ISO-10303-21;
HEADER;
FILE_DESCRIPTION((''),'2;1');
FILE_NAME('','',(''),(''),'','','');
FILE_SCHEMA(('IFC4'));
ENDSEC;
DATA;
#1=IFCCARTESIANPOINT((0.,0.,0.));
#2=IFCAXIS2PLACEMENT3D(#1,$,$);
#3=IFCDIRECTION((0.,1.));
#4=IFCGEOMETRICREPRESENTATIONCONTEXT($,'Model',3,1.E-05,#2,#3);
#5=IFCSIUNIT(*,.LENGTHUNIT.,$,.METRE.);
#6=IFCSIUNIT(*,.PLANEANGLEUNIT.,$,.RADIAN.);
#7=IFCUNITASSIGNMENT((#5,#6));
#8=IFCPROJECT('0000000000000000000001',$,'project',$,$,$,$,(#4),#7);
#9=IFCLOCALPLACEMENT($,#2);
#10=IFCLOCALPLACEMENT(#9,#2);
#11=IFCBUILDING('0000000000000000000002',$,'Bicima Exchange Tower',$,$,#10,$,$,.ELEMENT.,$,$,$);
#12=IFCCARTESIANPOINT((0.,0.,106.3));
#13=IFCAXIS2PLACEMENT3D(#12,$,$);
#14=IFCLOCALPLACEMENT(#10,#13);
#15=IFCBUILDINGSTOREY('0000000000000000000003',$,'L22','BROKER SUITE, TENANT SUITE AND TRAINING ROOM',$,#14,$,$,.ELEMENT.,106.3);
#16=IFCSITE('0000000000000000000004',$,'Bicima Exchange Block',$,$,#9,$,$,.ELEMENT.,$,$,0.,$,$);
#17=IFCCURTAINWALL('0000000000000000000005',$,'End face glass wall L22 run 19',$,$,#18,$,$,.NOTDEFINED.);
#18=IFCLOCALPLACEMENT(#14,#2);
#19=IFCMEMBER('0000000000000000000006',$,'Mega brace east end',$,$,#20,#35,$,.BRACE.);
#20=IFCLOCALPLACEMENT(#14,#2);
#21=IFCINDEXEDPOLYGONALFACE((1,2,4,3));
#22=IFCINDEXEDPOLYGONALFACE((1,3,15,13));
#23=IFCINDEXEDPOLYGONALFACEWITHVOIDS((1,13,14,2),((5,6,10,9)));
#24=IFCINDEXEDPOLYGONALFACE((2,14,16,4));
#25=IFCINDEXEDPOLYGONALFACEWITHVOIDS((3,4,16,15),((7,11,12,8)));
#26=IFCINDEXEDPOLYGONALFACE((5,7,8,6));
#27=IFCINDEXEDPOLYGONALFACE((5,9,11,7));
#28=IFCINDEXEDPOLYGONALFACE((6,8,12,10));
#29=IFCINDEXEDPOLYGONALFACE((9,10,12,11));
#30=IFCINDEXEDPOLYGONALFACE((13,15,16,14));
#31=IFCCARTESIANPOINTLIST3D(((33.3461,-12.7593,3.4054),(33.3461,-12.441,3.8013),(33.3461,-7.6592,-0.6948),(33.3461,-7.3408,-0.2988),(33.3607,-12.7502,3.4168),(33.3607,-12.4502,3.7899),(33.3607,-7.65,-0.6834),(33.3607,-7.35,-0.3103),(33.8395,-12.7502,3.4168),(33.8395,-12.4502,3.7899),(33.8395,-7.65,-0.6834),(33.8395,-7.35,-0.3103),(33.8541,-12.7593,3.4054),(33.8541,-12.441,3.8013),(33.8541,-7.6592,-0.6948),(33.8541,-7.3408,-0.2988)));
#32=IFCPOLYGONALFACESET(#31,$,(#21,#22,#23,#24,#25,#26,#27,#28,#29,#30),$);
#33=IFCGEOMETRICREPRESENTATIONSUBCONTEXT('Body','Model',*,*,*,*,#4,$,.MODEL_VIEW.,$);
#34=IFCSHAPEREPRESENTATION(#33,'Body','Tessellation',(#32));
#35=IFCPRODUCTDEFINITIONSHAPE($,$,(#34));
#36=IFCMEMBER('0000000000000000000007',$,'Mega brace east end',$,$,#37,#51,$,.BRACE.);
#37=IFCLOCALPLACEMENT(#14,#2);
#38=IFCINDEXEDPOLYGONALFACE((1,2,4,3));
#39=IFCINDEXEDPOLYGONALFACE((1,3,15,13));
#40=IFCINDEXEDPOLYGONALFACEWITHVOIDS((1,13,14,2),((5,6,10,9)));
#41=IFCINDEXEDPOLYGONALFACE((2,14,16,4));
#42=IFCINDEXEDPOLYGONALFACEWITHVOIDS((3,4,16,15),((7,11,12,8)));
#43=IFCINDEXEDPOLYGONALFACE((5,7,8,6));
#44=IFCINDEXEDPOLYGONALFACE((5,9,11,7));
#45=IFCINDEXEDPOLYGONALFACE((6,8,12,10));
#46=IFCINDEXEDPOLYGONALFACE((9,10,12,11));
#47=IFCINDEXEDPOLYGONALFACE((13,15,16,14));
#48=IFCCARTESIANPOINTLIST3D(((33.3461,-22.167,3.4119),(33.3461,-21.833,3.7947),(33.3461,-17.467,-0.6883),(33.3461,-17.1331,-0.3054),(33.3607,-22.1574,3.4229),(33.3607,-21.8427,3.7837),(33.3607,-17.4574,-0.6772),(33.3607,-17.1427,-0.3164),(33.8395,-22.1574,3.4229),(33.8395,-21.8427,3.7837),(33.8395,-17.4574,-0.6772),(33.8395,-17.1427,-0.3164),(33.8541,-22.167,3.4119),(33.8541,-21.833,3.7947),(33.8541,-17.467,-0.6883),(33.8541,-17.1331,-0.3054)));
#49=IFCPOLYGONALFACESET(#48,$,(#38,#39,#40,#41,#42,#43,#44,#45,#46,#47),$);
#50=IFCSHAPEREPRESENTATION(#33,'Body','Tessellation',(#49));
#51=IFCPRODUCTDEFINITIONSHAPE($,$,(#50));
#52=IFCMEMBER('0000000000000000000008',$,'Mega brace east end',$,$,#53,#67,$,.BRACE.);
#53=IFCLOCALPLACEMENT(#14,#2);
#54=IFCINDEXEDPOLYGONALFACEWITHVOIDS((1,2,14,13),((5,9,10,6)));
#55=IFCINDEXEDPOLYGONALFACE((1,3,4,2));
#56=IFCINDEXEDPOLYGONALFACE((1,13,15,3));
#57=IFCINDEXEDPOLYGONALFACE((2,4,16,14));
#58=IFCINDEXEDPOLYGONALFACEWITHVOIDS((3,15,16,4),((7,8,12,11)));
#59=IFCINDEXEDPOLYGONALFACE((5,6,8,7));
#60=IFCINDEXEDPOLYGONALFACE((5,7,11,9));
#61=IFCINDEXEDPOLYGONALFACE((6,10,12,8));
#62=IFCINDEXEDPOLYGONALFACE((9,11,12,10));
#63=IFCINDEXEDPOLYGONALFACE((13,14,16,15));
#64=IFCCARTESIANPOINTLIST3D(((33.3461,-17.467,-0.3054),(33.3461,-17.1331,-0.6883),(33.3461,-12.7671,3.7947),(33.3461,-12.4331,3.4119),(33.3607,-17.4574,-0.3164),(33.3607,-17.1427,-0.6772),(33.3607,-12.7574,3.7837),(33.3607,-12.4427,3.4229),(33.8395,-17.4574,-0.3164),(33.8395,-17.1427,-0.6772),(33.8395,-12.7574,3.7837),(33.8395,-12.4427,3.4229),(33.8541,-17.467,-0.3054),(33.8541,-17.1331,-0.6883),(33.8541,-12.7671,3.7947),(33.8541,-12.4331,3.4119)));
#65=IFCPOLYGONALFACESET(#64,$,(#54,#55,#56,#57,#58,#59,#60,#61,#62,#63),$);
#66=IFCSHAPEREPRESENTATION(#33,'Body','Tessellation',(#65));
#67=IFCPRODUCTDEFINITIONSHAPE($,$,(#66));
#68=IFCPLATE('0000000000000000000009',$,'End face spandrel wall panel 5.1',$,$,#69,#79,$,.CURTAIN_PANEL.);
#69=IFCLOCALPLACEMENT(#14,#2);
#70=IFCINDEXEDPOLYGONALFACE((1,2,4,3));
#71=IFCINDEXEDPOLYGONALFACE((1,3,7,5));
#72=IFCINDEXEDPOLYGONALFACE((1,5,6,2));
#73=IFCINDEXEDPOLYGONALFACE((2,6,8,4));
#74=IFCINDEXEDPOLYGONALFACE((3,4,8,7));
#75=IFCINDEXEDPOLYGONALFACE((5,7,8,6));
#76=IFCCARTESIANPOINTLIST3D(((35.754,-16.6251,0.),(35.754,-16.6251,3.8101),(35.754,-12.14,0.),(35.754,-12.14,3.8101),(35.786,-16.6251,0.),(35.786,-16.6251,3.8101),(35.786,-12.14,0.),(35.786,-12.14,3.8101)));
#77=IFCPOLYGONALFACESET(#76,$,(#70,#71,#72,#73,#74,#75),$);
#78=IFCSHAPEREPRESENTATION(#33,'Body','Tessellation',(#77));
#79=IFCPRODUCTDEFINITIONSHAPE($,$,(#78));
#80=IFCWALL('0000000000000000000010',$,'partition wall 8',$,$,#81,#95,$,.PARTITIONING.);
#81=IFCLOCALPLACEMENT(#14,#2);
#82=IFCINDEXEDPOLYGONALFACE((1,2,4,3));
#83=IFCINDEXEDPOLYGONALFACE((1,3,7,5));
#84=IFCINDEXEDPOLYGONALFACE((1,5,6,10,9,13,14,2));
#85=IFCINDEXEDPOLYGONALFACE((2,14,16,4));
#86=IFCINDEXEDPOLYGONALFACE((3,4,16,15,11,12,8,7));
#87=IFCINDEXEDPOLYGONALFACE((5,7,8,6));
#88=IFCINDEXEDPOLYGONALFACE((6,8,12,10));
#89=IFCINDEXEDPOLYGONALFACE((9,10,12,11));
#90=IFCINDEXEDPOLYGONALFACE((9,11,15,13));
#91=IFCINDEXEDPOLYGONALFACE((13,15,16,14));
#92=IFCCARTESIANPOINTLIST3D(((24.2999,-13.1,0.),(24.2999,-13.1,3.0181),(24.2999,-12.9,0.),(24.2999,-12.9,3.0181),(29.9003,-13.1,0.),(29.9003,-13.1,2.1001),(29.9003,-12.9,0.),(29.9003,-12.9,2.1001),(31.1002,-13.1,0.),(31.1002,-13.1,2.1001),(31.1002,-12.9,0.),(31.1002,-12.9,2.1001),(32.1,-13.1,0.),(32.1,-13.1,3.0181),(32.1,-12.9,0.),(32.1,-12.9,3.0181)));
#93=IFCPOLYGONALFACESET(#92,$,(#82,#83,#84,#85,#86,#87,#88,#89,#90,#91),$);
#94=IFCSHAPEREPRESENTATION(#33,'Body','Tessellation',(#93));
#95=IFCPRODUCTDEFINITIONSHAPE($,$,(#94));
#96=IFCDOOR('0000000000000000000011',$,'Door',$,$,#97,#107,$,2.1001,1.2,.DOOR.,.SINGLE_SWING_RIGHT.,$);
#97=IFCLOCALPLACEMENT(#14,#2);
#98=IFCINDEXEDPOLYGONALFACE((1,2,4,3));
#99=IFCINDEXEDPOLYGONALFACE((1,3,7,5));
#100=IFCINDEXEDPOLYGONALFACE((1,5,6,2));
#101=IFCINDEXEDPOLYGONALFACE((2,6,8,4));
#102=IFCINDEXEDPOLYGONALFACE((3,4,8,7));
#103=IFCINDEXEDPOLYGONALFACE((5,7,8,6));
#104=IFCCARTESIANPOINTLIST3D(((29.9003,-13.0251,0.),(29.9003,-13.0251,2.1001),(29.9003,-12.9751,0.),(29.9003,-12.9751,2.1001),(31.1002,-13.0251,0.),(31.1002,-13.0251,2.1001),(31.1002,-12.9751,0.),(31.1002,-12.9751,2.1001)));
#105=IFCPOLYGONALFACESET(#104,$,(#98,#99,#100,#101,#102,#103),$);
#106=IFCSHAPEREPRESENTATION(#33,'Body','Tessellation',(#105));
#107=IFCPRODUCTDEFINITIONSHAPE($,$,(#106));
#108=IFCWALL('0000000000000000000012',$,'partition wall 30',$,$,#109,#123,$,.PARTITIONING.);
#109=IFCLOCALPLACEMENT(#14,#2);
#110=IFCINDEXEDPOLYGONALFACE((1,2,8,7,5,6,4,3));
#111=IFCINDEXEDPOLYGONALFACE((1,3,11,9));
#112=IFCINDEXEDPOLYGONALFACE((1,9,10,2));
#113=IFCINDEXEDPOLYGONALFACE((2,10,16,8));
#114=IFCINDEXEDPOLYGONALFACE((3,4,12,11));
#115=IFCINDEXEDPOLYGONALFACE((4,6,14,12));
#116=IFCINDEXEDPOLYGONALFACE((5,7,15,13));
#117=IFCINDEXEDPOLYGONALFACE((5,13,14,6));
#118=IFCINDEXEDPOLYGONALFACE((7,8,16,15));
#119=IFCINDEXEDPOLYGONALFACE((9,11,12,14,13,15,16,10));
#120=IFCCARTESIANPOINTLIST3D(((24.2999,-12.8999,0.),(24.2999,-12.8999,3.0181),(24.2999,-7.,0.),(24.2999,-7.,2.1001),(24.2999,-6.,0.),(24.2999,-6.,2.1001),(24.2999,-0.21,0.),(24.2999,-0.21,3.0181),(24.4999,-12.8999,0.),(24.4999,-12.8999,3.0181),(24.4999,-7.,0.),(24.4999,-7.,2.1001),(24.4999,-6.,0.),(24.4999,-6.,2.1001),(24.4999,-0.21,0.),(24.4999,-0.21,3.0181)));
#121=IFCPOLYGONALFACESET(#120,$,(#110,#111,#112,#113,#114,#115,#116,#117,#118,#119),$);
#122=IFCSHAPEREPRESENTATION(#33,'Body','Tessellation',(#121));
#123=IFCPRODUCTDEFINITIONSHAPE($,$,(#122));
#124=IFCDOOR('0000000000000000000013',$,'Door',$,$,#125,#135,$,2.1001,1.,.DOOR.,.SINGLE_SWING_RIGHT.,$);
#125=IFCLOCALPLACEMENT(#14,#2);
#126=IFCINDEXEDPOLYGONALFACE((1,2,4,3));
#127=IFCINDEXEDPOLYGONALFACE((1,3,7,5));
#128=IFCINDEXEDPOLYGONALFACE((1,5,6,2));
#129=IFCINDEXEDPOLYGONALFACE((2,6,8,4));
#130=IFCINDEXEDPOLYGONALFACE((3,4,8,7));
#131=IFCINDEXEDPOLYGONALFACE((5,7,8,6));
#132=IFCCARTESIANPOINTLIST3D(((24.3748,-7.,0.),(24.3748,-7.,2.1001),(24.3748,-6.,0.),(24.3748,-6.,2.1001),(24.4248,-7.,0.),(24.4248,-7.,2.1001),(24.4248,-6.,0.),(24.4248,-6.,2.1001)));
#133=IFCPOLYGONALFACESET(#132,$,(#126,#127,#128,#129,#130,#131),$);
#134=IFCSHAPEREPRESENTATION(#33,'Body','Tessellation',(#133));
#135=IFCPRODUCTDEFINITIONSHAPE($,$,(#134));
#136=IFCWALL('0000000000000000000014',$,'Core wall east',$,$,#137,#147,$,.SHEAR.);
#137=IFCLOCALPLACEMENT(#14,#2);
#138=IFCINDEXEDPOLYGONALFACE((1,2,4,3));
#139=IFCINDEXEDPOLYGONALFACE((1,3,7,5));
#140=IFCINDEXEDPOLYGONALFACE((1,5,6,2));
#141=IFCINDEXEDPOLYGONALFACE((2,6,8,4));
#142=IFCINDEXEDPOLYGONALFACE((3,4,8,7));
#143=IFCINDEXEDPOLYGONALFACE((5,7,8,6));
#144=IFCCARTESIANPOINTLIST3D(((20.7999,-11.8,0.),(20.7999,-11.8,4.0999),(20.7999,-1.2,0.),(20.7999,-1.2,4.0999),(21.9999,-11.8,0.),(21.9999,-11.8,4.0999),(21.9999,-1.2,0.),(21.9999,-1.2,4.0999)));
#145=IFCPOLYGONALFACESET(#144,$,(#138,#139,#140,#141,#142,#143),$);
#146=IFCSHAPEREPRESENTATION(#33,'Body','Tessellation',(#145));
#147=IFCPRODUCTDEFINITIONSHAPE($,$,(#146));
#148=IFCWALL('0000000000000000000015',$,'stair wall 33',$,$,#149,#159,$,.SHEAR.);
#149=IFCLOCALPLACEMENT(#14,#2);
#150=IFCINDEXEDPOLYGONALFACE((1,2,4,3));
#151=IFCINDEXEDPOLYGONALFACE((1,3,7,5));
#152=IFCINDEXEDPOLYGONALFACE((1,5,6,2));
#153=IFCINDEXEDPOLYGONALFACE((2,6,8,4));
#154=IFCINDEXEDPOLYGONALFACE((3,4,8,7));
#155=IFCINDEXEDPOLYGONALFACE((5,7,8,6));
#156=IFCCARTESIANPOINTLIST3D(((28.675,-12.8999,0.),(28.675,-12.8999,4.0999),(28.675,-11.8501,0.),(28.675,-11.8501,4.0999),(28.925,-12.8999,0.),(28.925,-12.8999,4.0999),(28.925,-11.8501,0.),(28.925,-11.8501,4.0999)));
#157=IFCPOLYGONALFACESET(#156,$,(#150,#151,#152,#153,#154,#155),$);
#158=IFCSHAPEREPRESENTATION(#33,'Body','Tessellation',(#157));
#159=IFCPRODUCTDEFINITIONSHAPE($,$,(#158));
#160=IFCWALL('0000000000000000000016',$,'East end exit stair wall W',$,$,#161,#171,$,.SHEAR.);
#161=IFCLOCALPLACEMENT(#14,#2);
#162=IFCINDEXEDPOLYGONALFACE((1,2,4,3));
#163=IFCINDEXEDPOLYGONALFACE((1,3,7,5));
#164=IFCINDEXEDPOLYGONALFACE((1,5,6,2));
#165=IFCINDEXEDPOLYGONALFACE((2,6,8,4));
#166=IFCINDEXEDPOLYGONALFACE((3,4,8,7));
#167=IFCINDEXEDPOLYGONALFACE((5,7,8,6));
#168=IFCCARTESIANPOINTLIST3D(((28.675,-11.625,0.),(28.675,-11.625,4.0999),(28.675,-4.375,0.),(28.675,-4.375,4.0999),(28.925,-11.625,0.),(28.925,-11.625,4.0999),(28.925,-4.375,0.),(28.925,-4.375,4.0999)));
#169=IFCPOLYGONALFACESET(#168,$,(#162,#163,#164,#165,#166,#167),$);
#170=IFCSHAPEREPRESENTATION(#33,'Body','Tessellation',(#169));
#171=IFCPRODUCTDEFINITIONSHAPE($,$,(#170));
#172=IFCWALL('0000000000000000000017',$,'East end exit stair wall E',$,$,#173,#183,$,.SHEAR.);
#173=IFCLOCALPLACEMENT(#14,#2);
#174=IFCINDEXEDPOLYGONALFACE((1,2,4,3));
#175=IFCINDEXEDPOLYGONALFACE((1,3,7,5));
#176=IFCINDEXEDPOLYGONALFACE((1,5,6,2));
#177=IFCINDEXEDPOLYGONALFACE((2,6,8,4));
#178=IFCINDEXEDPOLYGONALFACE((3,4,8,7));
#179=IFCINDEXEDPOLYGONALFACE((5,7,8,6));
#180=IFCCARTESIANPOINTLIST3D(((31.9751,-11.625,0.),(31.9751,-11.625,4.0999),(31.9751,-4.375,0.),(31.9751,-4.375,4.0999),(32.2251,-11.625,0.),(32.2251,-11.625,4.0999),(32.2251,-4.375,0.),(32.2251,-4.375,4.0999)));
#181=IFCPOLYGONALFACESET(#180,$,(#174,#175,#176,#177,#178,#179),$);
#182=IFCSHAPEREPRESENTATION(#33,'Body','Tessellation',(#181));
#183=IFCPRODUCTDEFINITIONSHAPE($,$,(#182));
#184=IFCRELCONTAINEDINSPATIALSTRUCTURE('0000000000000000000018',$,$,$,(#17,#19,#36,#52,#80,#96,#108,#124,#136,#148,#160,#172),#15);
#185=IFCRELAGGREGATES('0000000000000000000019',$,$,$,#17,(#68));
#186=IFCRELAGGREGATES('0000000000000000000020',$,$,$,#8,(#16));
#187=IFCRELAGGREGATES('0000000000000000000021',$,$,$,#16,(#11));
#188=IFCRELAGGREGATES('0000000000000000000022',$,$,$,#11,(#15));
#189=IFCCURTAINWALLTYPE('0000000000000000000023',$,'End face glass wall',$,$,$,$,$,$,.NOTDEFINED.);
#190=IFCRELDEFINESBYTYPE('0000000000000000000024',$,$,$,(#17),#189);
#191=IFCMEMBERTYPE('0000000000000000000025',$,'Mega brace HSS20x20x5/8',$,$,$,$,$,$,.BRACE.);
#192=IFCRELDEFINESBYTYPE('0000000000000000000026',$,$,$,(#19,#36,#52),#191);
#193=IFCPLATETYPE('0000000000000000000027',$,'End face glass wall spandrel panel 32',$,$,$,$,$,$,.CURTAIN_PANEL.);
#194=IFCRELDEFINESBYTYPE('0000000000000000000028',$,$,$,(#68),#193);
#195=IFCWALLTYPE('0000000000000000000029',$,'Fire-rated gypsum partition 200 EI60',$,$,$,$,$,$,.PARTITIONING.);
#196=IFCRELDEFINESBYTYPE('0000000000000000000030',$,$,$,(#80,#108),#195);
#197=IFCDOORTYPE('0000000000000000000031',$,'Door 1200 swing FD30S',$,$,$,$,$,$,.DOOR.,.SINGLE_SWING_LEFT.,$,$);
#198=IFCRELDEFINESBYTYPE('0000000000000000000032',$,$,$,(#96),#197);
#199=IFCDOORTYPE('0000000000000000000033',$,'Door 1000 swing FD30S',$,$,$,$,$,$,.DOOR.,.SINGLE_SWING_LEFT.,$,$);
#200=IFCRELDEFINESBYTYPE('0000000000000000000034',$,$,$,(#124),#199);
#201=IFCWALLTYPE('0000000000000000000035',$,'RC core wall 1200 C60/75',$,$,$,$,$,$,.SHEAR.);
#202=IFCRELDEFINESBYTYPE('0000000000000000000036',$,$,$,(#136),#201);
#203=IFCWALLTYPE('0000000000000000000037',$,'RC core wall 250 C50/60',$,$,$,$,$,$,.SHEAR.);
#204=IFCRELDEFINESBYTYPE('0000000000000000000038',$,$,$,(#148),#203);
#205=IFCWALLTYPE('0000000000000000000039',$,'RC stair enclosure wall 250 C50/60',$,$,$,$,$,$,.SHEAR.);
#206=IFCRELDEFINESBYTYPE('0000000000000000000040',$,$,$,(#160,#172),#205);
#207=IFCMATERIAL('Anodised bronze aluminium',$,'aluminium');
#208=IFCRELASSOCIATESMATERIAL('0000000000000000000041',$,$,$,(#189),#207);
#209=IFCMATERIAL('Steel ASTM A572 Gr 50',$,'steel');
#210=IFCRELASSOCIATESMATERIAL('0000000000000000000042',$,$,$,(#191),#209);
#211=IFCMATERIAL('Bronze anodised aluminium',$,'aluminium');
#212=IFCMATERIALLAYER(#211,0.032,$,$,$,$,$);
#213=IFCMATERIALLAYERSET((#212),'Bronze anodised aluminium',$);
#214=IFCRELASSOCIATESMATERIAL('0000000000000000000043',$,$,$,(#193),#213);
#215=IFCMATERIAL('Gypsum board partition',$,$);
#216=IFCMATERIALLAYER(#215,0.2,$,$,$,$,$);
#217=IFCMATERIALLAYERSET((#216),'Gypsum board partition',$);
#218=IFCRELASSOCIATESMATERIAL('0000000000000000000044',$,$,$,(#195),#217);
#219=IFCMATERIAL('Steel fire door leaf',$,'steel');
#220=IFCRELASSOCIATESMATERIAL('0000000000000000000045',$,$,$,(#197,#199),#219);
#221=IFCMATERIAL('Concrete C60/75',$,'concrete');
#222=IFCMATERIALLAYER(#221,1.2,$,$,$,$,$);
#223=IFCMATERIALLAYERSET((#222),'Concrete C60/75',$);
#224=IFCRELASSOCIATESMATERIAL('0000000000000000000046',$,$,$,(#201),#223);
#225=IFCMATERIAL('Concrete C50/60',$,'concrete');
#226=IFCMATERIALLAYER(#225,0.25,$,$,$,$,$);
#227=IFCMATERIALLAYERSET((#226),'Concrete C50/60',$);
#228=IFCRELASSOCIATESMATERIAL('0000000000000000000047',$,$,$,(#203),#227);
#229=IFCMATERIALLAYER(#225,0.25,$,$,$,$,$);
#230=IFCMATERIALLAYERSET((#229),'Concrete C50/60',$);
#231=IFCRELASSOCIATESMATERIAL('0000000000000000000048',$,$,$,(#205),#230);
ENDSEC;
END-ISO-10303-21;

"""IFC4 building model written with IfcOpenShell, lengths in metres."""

from ifc_helpers import new_model, si_unit, direction, frame, frame_2d, origin, origin_2d, place, context, subcontext, project, spatial, rectangle, hollow_rectangle, extrude, material, layer, layer_set, material_profile, profile_set, type_object, element, fill, aggregate, save


model = new_model("IFC4")

# Units and contexts
model_context = context("Model", 3, precision=1e-05, world=origin(), true_north=direction((0.0, 1.0)))
body_context = subcontext(model_context, "Body", "Model", "MODEL_VIEW")
ifc_project = project(units=[si_unit("LENGTHUNIT", "METRE"), si_unit("PLANEANGLEUNIT", "RADIAN")], contexts=[model_context])

# Site, building, storey
site_placement = place(None, origin())
site = spatial("IfcSite", under=ifc_project, at=site_placement, Name="Bicima Exchange Block", CompositionType="ELEMENT", RefElevation=0.0)
building_placement = place(site_placement, origin())
building = spatial("IfcBuilding", under=site, at=building_placement, Name="Bicima Exchange Tower", CompositionType="ELEMENT")
storey_placement = place(building_placement, frame((0.0, 0.0, 106.3)))
storey = spatial("IfcBuildingStorey", under=building, at=storey_placement, Name="L22", Description="BROKER SUITE, TENANT SUITE AND TRAINING ROOM", CompositionType="ELEMENT", Elevation=106.3)

# Curtain wall
ifc_material_1 = material(Name="Anodised bronze aluminium", Category="aluminium")
curtain_wall_type = type_object("IfcCurtainWallType", Name="End face glass wall", PredefinedType="NOTDEFINED", material=ifc_material_1)
curtain_wall_placement = place(storey_placement, origin())
curtain_wall = element("IfcCurtainWall", 1, at=curtain_wall_placement, inside=storey, type_object=curtain_wall_type, Name="End face glass wall L22 run 19", PredefinedType="NOTDEFINED")

# Members
ifc_material_2 = material(Name="Steel ASTM A572 Gr 50", Category="steel")
ifc_material_profile_1 = material_profile(ifc_material_2, hollow_rectangle(XDim=0.5081, YDim=0.5081, WallThickness=0.0146, at=origin_2d()))
ifc_profile_set_1 = profile_set([ifc_material_profile_1], Name="Steel ASTM A572 Gr 50")
member_type_1 = type_object("IfcMemberType", Name="Mega brace HSS20x20x5/8", PredefinedType="BRACE", material=ifc_profile_set_1)
member_1_placement = place(storey_placement, frame((33.6001, -7.5, -0.4968), z_axis=(0.0, -0.779374, 0.626559), x_axis=(1.0, 0.0, 0.0)))
element("IfcMember", 2, at=member_1_placement, inside=storey, type_object=member_type_1, Name="Mega brace east end", PredefinedType="BRACE", context=body_context, shape_type="SweptSolid", body=[
    extrude(hollow_rectangle(XDim=0.5081, YDim=0.5081, WallThickness=0.0146, at=origin_2d()), origin(), (0.0, 0.0, 1.0), 6.5439),
])
for number, where, z_axis, x_axis, name in (
    (3, (33.6001, -17.3, -0.4968), (0.0, -0.753558, 0.657382), (1.0, 0.0, 0.0), "Mega brace east end"),
    (4, (33.6001, -17.3, -0.4968), (0.0, 0.753558, 0.657382), (-1.0, 0.0, 0.0), "Mega brace east end"),
):
    element("IfcMember", number, at=place(storey_placement, frame(where, z_axis=z_axis, x_axis=x_axis)), inside=storey, type_object=member_type_1, Name=name, PredefinedType="BRACE", context=body_context, shape_type="SweptSolid", body=[
        extrude(hollow_rectangle(XDim=0.5081, YDim=0.5081, WallThickness=0.0146, at=origin_2d()), origin(), (0.0, 0.0, 1.0), 6.2371),
    ])

# Plate
ifc_material_3 = material(Name="Bronze anodised aluminium", Category="aluminium")
ifc_layer_1 = layer(ifc_material_3, 0.032)
ifc_layer_set_1 = layer_set([ifc_layer_1], Name="Bronze anodised aluminium")
plate_type = type_object("IfcPlateType", Name="End face glass wall spandrel panel 32", PredefinedType="CURTAIN_PANEL", material=ifc_layer_set_1)
plate_placement = place(storey_placement, frame((35.77, -14.3826, 0.0), z_axis=(0.0, 0.0, 1.0), x_axis=(0.0, 1.0, 0.0)))
plate = element("IfcPlate", 5, at=plate_placement, type_object=plate_type, Name="End face spandrel wall panel 5.1", PredefinedType="CURTAIN_PANEL", context=body_context, shape_type="SweptSolid", body=[
    extrude(rectangle(XDim=4.4851, YDim=0.032, at=origin_2d()), origin(), (0.0, 0.0, 1.0), 3.8101),
])
aggregate(curtain_wall, [plate])

# Walls, openings, doors
ifc_material_4 = material(Name="Gypsum board partition")
ifc_layer_2 = layer(ifc_material_4, 0.2)
ifc_layer_set_2 = layer_set([ifc_layer_2], Name="Gypsum board partition")
wall_type_1 = type_object("IfcWallType", Name="Fire-rated gypsum partition 200 EI60", PredefinedType="PARTITIONING", material=ifc_layer_set_2)
wall_1_placement = place(storey_placement, frame((24.3, -13.0, 0.0), z_axis=(0.0, 0.0, 1.0), x_axis=(1.0, 0.0, 0.0)))
wall_1 = element("IfcWall", 6, at=wall_1_placement, inside=storey, type_object=wall_type_1, Name="partition wall 8", PredefinedType="PARTITIONING", context=body_context, shape_type="SweptSolid", body=[
    extrude(rectangle(XDim=7.8, YDim=0.2, at=frame_2d((3.8999, 0.0))), origin(), (0.0, 0.0, 1.0), 3.0181),
])
opening_1_placement = place(wall_1_placement, frame((5.6001, 0.0, 0.0)))
opening_1 = element("IfcOpeningElement", 7, at=opening_1_placement, cuts=wall_1, PredefinedType="OPENING", context=body_context, shape_type="SweptSolid", body=[
    extrude(rectangle(XDim=1.2, YDim=2.1001, at=frame_2d((0.6001, 1.05))), frame((0.0, 0.1118, 0.0), z_axis=(0.0, -1.0, 0.0), x_axis=(1.0, 0.0, 0.0)), (0.0, 0.0, 1.0), 0.2239),
])
ifc_material_5 = material(Name="Steel fire door leaf", Category="steel")
door_type_1 = type_object("IfcDoorType", Name="Door 1200 swing FD30S", OperationType="SINGLE_SWING_LEFT", PredefinedType="DOOR", material=ifc_material_5)
door_1_placement = place(opening_1_placement, origin())
door_1 = element("IfcDoor", 8, at=door_1_placement, inside=storey, type_object=door_type_1, Name="Door", OperationType="SINGLE_SWING_RIGHT", OverallHeight=2.1001, OverallWidth=1.2, PredefinedType="DOOR", context=body_context, shape_type="SweptSolid", body=[
    extrude(rectangle(XDim=1.2, YDim=2.1001, at=frame_2d((0.6001, 1.05))), frame((0.0, 0.0249, 0.0), z_axis=(0.0, -1.0, 0.0), x_axis=(1.0, 0.0, 0.0)), (0.0, 0.0, 1.0), 0.05),
])
fill(opening_1, door_1)
wall_2_placement = place(storey_placement, frame((24.3999, -12.8999, 0.0), z_axis=(0.0, 0.0, 1.0), x_axis=(0.0, 1.0, 0.0)))
wall_2 = element("IfcWall", 9, at=wall_2_placement, inside=storey, type_object=wall_type_1, Name="partition wall 30", PredefinedType="PARTITIONING", context=body_context, shape_type="SweptSolid", body=[
    extrude(rectangle(XDim=12.6899, YDim=0.2, at=frame_2d((6.345, 0.0))), origin(), (0.0, 0.0, 1.0), 3.0181),
])
opening_2_placement = place(wall_2_placement, frame((5.8999, 0.0, 0.0)))
opening_2 = element("IfcOpeningElement", 10, at=opening_2_placement, cuts=wall_2, PredefinedType="OPENING", context=body_context, shape_type="SweptSolid", body=[
    extrude(rectangle(XDim=1.0, YDim=2.1001, at=frame_2d((0.5, 1.05))), frame((0.0, 0.1118, 0.0), z_axis=(0.0, -1.0, 0.0), x_axis=(1.0, 0.0, 0.0)), (0.0, 0.0, 1.0), 0.2239),
])
door_type_2 = type_object("IfcDoorType", Name="Door 1000 swing FD30S", OperationType="SINGLE_SWING_LEFT", PredefinedType="DOOR", material=ifc_material_5)
door_2_placement = place(opening_2_placement, frame((1.0, 0.0, 0.0), z_axis=(0.0, 0.0, 1.0), x_axis=(-1.0, 0.0, 0.0)))
door_2 = element("IfcDoor", 11, at=door_2_placement, inside=storey, type_object=door_type_2, Name="Door", OperationType="SINGLE_SWING_RIGHT", OverallHeight=2.1001, OverallWidth=1.0, PredefinedType="DOOR", context=body_context, shape_type="SweptSolid", body=[
    extrude(rectangle(XDim=1.0, YDim=2.1001, at=frame_2d((0.5, 1.05))), frame((0.0, 0.0249, 0.0), z_axis=(0.0, -1.0, 0.0), x_axis=(1.0, 0.0, 0.0)), (0.0, 0.0, 1.0), 0.05),
])
fill(opening_2, door_2)

# Walls
ifc_material_6 = material(Name="Concrete C60/75", Category="concrete")
ifc_layer_3 = layer(ifc_material_6, 1.2)
ifc_layer_set_3 = layer_set([ifc_layer_3], Name="Concrete C60/75")
wall_type_2 = type_object("IfcWallType", Name="RC core wall 1200 C60/75", PredefinedType="SHEAR", material=ifc_layer_set_3)
wall_3_placement = place(storey_placement, frame((21.3999, -11.8, 0.0), z_axis=(0.0, 0.0, 1.0), x_axis=(0.0, 1.0, 0.0)))
element("IfcWall", 12, at=wall_3_placement, inside=storey, type_object=wall_type_2, Name="Core wall east", PredefinedType="SHEAR", context=body_context, shape_type="SweptSolid", body=[
    extrude(rectangle(XDim=10.6001, YDim=1.2, at=frame_2d((5.3, 0.0))), origin(), (0.0, 0.0, 1.0), 4.0999),
])
ifc_material_7 = material(Name="Concrete C50/60", Category="concrete")
ifc_layer_4 = layer(ifc_material_7, 0.25)
ifc_layer_set_4 = layer_set([ifc_layer_4], Name="Concrete C50/60")
wall_type_3 = type_object("IfcWallType", Name="RC core wall 250 C50/60", PredefinedType="SHEAR", material=ifc_layer_set_4)
wall_4_placement = place(storey_placement, frame((28.8, -12.8999, 0.0), z_axis=(0.0, 0.0, 1.0), x_axis=(0.0, 1.0, 0.0)))
element("IfcWall", 13, at=wall_4_placement, inside=storey, type_object=wall_type_3, Name="stair wall 33", PredefinedType="SHEAR", context=body_context, shape_type="SweptSolid", body=[
    extrude(rectangle(XDim=1.0498, YDim=0.25, at=frame_2d((0.5249, 0.0))), origin(), (0.0, 0.0, 1.0), 4.0999),
])
ifc_layer_5 = layer(ifc_material_7, 0.25)
ifc_layer_set_5 = layer_set([ifc_layer_5], Name="Concrete C50/60")
wall_type_4 = type_object("IfcWallType", Name="RC stair enclosure wall 250 C50/60", PredefinedType="SHEAR", material=ifc_layer_set_5)
for number, where, z_axis, x_axis, name in (
    (14, (28.8, -11.625, 0.0), (0.0, 0.0, 1.0), (0.0, 1.0, 0.0), "East end exit stair wall W"),
    (15, (32.1001, -11.625, 0.0), (0.0, 0.0, 1.0), (0.0, 1.0, 0.0), "East end exit stair wall E"),
):
    element("IfcWall", number, at=place(storey_placement, frame(where, z_axis=z_axis, x_axis=x_axis)), inside=storey, type_object=wall_type_4, Name=name, PredefinedType="SHEAR", context=body_context, shape_type="SweptSolid", body=[
        extrude(rectangle(XDim=7.25, YDim=0.25, at=frame_2d((3.625, 0.0))), origin(), (0.0, 0.0, 1.0), 4.0999),
    ])

save(model, "model.ifc")
